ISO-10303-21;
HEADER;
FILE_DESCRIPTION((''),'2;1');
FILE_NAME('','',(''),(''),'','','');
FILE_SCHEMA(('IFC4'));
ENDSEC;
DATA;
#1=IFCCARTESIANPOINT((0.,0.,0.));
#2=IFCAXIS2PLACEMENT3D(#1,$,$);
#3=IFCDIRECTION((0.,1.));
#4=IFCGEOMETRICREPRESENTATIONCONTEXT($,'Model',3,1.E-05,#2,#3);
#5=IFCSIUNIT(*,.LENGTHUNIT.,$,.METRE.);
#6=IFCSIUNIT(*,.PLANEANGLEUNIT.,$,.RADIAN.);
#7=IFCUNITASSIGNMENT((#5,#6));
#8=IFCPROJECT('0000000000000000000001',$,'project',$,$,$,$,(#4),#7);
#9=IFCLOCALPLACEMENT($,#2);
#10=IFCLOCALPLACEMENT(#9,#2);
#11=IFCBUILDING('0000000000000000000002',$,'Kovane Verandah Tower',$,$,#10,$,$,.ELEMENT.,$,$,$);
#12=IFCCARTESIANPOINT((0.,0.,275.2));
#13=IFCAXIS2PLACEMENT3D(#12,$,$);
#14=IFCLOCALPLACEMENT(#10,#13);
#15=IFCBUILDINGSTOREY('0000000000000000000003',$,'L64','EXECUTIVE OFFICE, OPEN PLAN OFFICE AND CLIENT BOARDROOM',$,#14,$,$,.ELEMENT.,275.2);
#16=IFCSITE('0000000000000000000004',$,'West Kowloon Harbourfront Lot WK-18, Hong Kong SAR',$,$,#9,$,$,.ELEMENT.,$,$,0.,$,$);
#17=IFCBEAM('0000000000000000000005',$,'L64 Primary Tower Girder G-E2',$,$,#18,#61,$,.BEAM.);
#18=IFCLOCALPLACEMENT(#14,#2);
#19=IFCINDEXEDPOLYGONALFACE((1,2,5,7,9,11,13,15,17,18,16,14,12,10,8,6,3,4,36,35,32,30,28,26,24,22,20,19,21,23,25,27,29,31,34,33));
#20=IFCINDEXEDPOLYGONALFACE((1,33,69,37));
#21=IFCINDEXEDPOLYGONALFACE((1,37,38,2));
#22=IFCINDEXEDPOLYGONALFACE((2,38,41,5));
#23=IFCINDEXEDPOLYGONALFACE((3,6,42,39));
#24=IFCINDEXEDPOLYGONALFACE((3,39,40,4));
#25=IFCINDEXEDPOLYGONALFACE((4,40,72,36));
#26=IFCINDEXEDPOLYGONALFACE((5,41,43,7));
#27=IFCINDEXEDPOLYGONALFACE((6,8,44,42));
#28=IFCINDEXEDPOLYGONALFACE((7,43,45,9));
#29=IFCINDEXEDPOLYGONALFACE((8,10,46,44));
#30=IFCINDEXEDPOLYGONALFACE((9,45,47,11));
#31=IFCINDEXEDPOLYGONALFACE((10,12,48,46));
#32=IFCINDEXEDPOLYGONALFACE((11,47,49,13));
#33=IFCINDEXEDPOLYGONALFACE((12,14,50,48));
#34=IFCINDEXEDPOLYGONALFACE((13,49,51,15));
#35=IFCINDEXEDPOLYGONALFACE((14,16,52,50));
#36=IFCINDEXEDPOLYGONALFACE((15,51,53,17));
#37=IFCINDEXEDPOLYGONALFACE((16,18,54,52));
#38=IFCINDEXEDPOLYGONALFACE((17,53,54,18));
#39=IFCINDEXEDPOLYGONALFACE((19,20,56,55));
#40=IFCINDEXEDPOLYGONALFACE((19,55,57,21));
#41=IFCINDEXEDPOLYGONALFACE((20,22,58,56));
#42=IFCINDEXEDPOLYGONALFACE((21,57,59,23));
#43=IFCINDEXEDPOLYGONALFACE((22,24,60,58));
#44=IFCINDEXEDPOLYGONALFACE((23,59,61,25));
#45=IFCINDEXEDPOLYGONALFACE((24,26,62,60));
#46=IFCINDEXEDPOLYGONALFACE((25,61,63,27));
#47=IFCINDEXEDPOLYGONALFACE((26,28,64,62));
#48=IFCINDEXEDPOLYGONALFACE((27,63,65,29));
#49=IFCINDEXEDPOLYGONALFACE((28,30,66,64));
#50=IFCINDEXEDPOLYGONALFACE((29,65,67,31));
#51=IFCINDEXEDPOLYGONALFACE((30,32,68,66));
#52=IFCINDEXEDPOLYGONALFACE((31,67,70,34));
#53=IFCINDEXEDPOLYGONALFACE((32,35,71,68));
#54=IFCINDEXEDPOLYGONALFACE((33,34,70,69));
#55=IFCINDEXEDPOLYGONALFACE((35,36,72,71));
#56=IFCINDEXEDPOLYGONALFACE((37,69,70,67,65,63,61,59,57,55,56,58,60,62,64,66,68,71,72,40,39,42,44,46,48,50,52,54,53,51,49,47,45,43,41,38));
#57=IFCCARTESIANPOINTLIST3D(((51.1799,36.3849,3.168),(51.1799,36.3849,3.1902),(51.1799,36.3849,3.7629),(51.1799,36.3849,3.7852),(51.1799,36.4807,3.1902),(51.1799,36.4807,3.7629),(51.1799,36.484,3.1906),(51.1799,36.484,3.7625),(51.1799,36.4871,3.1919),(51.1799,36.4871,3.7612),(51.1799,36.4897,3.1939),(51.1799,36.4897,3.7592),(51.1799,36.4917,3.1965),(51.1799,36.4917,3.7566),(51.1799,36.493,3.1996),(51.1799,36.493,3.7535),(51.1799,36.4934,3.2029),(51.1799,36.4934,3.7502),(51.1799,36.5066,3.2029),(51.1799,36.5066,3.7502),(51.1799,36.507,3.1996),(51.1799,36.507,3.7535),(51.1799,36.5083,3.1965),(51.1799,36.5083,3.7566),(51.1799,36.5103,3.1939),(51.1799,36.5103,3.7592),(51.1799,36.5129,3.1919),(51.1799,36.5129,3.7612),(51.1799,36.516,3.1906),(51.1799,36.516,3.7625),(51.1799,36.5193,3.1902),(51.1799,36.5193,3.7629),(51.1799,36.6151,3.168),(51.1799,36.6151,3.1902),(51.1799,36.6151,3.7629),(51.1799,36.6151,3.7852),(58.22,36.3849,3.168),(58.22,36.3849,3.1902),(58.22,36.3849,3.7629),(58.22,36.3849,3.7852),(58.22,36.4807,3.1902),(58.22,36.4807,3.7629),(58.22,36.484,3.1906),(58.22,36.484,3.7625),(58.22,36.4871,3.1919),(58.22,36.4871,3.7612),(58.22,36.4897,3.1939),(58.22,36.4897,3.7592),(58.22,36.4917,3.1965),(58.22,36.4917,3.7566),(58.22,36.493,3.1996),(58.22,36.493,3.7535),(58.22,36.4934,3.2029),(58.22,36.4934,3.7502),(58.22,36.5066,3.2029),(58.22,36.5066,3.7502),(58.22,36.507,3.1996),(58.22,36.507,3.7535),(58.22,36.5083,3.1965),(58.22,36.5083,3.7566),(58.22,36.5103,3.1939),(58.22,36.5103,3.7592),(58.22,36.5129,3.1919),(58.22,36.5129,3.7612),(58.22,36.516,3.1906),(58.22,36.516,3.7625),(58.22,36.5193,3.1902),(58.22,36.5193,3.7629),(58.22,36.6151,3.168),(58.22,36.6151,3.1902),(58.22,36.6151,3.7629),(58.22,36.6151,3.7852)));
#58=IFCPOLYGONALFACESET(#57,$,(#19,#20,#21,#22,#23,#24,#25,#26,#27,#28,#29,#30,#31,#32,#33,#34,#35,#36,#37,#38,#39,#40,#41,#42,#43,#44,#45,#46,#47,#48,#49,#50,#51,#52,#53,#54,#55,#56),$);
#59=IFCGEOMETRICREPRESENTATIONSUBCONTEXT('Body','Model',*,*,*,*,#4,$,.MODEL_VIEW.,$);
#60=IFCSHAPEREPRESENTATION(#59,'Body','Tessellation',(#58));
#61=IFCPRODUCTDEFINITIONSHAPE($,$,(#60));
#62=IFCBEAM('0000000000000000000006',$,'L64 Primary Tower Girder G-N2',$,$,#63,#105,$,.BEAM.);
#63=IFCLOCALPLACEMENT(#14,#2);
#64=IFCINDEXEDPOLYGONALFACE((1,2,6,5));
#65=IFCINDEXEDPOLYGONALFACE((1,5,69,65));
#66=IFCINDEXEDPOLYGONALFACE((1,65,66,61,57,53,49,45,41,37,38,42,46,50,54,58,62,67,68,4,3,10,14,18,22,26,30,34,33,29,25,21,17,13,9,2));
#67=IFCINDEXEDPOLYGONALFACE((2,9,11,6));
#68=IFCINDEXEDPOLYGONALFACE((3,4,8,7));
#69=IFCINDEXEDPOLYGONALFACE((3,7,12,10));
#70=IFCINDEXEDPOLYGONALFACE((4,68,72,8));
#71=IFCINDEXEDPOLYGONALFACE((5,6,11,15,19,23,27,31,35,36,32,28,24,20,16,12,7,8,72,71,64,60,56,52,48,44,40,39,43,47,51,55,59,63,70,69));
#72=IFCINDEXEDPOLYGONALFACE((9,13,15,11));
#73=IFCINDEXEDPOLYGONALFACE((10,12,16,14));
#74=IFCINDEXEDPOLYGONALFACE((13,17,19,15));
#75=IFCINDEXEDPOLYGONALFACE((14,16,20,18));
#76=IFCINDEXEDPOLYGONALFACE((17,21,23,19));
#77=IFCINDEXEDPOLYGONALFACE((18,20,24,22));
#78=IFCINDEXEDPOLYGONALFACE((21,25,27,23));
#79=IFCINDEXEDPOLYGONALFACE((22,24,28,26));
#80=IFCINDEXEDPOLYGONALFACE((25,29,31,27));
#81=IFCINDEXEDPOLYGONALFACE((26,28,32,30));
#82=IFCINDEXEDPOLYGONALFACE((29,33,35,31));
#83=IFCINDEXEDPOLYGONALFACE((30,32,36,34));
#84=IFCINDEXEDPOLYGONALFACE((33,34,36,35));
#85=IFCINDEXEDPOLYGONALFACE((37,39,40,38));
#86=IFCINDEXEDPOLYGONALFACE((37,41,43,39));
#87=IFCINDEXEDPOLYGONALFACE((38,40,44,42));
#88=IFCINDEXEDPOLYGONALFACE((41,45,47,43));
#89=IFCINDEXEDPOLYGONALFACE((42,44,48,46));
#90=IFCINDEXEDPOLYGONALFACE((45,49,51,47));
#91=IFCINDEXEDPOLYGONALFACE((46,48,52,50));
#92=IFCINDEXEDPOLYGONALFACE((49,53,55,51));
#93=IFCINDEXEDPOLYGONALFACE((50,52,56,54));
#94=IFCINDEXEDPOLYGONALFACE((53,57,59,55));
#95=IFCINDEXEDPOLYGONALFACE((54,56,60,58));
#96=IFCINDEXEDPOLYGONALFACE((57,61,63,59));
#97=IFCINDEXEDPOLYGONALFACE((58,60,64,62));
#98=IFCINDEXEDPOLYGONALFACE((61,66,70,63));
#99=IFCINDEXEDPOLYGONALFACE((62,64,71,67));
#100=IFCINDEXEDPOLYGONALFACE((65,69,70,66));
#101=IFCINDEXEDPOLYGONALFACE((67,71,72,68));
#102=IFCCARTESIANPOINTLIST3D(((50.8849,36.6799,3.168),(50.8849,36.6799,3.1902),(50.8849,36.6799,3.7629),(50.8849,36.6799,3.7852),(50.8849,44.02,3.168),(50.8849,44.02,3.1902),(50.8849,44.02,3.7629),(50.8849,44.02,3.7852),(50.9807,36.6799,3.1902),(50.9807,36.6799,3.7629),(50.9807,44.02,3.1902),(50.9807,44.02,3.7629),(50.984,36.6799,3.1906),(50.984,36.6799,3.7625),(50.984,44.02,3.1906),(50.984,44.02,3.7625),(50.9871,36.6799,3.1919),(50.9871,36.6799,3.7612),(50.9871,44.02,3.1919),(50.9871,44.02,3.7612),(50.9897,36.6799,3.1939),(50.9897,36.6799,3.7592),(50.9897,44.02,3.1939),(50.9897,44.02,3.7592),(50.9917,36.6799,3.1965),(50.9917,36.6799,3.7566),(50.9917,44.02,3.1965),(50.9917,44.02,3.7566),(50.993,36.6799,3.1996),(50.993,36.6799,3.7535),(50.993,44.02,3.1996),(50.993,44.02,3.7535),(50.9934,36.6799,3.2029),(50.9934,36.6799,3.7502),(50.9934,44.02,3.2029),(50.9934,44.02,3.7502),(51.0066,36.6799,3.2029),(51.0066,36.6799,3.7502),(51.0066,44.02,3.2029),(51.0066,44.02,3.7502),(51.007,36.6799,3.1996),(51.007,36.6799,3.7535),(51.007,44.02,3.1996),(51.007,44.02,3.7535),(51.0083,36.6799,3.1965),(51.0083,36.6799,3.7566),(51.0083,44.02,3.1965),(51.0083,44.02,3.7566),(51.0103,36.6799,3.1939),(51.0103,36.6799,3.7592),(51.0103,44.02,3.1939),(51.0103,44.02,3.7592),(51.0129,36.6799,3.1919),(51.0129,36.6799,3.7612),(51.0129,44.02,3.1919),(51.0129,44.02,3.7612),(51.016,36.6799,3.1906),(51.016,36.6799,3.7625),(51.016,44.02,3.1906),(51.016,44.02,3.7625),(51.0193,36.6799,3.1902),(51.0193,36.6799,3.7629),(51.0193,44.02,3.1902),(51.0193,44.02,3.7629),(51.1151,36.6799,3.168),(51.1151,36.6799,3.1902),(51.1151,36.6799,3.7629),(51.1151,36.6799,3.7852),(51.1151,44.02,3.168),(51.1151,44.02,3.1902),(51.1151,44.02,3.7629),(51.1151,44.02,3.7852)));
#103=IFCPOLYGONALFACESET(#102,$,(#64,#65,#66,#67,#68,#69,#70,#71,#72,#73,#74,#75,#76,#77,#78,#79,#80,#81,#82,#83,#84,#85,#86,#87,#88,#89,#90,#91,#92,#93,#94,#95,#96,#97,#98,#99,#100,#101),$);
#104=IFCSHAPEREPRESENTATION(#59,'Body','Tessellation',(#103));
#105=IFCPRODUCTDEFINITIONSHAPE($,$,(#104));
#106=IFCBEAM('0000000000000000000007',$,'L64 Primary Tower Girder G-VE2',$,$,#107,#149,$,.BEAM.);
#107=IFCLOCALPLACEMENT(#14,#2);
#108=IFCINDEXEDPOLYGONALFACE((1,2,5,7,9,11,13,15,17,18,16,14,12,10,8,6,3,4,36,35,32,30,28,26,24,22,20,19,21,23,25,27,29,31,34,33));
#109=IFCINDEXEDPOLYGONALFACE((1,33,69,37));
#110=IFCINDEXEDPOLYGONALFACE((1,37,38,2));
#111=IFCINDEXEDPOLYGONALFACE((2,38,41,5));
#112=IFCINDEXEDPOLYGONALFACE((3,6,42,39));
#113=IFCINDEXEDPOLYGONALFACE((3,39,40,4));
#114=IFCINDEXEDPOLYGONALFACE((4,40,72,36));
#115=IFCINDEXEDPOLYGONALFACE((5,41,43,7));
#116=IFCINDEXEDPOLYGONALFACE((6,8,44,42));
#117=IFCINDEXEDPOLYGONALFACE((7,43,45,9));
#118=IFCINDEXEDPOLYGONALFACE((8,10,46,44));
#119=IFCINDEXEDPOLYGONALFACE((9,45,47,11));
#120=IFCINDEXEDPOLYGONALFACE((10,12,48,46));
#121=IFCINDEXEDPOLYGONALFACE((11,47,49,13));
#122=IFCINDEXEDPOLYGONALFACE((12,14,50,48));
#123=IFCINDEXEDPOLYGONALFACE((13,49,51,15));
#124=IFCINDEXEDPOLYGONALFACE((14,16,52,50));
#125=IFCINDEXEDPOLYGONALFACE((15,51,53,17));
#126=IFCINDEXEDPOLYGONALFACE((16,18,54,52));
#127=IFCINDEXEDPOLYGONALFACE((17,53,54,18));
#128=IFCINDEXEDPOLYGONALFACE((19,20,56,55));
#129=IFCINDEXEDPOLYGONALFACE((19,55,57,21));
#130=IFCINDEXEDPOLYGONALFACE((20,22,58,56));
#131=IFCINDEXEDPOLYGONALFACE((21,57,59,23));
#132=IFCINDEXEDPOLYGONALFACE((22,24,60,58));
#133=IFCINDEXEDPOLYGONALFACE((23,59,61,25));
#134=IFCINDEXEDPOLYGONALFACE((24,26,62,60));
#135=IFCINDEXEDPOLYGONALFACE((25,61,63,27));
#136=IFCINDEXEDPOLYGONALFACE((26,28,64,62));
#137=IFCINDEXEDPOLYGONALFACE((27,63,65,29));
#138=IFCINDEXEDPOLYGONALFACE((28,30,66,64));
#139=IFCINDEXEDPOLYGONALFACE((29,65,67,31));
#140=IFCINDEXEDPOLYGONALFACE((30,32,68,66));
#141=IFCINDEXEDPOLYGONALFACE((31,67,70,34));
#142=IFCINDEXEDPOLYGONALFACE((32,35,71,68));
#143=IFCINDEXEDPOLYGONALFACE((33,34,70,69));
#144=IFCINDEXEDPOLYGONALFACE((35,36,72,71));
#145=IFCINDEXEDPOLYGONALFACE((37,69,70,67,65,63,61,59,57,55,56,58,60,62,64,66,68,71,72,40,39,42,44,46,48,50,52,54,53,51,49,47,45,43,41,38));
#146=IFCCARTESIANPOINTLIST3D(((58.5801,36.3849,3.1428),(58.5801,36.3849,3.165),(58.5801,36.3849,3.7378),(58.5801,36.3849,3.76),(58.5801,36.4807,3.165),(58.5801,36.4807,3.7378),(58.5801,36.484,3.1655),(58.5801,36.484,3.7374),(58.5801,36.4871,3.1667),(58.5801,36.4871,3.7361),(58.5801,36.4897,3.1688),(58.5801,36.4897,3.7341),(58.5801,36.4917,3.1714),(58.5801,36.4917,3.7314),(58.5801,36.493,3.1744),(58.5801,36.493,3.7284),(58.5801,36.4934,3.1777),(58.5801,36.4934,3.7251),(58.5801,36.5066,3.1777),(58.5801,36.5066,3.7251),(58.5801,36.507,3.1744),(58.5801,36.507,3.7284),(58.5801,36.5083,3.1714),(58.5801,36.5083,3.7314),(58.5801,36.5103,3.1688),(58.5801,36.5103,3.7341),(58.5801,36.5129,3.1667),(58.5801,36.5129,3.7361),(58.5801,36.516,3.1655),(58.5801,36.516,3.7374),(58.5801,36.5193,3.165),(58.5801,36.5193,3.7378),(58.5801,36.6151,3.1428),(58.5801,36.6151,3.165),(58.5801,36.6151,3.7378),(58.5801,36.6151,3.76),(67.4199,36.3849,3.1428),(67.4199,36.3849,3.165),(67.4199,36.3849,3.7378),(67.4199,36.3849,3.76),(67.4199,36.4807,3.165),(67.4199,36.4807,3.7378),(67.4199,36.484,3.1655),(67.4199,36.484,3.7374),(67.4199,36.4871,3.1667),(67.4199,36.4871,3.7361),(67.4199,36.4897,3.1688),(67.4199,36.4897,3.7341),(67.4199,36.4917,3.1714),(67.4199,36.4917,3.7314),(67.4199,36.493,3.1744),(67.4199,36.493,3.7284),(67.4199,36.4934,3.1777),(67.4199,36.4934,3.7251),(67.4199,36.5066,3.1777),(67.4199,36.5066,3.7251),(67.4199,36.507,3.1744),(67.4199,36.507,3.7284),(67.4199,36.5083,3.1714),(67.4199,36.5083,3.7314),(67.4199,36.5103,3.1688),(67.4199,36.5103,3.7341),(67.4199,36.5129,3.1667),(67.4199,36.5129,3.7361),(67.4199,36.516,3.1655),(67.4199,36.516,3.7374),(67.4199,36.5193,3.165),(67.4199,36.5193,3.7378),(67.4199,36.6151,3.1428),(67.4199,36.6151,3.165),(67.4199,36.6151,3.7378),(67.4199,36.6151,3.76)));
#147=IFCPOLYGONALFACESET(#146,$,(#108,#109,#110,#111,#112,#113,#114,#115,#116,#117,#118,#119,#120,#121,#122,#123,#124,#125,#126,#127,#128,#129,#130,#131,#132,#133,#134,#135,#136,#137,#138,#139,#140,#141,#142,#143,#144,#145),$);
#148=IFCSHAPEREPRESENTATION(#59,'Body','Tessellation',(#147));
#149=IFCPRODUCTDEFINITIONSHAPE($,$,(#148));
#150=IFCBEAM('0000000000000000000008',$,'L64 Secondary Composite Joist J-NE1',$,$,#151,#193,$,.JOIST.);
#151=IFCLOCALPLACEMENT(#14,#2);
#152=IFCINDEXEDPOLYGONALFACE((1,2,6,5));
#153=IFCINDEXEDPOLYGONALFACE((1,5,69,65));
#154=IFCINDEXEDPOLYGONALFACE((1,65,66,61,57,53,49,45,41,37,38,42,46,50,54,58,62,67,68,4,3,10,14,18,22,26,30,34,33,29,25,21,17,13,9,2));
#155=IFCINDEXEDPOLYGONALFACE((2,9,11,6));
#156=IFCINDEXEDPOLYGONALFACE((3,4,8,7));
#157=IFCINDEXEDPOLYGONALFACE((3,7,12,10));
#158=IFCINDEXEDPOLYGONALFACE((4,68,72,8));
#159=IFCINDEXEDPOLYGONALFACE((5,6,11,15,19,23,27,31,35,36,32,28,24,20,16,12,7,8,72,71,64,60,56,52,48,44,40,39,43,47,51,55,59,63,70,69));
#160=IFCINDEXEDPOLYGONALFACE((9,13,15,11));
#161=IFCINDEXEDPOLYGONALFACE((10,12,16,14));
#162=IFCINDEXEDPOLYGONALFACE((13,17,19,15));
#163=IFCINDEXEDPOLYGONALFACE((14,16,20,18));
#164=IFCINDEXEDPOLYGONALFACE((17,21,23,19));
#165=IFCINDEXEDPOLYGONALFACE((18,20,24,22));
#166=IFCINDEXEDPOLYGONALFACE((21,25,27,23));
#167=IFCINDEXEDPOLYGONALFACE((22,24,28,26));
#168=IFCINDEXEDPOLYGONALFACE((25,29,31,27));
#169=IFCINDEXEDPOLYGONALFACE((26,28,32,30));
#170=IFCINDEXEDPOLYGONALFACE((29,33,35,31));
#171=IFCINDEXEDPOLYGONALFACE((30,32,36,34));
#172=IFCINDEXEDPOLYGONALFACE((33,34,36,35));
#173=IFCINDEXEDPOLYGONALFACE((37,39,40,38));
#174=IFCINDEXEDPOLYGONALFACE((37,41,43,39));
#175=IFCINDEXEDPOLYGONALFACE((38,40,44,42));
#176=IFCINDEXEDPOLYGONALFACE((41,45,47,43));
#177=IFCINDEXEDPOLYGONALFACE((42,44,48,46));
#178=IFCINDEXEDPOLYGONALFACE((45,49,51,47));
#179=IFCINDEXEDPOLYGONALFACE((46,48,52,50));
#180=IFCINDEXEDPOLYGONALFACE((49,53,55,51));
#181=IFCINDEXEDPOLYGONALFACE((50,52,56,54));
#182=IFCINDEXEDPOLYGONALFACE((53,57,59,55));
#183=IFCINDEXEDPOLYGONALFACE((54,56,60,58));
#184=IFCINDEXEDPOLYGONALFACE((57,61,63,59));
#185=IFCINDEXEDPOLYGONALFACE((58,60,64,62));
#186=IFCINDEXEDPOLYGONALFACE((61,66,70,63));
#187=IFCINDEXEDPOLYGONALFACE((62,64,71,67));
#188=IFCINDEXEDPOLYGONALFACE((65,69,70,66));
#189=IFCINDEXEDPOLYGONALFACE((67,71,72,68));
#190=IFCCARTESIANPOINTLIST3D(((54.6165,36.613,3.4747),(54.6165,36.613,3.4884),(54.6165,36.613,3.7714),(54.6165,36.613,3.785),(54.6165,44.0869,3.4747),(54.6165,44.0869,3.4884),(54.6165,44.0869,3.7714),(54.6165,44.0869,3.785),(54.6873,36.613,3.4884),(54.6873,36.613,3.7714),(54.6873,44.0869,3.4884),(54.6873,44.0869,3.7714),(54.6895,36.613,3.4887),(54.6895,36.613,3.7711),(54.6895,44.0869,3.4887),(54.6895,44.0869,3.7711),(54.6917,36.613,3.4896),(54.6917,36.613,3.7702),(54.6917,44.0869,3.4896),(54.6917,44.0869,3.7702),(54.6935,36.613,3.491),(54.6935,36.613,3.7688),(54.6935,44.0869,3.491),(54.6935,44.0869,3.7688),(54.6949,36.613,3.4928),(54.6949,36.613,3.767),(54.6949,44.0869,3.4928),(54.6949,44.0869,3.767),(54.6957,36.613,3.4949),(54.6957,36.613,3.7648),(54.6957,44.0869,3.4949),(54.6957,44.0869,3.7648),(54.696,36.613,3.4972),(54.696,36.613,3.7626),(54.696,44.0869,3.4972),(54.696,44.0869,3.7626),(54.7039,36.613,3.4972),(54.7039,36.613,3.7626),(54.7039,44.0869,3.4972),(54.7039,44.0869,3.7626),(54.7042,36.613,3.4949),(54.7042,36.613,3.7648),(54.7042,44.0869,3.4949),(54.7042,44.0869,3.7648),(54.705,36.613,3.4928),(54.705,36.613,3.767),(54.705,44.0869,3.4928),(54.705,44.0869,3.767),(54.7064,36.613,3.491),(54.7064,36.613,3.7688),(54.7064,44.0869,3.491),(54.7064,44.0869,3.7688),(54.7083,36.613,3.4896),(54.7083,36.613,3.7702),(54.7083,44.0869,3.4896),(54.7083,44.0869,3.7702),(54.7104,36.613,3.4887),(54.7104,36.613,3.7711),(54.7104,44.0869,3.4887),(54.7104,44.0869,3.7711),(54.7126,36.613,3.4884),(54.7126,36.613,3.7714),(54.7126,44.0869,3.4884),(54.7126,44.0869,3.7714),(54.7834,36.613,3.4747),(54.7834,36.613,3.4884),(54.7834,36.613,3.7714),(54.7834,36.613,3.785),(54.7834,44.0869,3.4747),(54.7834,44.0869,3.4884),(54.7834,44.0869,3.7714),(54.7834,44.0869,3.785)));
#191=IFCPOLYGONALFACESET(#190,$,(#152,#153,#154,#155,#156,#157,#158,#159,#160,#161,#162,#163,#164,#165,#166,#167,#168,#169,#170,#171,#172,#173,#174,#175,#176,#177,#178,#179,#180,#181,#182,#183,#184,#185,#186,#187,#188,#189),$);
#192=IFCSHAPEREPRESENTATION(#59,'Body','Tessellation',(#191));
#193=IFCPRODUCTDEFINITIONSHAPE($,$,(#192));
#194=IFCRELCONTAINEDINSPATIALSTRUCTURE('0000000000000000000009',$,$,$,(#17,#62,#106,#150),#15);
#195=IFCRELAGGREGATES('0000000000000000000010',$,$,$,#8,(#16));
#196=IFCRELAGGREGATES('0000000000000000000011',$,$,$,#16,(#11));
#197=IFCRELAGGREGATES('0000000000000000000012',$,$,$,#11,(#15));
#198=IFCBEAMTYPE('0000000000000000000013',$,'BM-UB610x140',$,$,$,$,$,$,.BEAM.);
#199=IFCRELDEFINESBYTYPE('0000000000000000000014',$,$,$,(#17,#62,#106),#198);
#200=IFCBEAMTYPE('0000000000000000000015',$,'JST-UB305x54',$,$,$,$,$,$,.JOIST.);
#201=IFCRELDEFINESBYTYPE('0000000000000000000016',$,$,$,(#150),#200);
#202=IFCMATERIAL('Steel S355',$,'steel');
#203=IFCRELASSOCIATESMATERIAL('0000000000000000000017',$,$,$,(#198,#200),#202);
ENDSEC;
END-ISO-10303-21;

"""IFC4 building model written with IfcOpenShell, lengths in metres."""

from ifc_helpers import new_model, si_unit, direction, frame, origin, origin_2d, place, context, subcontext, project, spatial, i_section, extrude, material, material_profile, profile_set, type_object, element, save


model = new_model("IFC4")

# Units and contexts
model_context = context("Model", 3, precision=1e-05, world=origin(), true_north=direction((0.0, 1.0)))
body_context = subcontext(model_context, "Body", "Model", "MODEL_VIEW")
ifc_project = project(units=[si_unit("LENGTHUNIT", "METRE"), si_unit("PLANEANGLEUNIT", "RADIAN")], contexts=[model_context])

# Site, building, storey
site_placement = place(None, origin())
site = spatial("IfcSite", under=ifc_project, at=site_placement, Name="West Kowloon Harbourfront Lot WK-18, Hong Kong SAR", CompositionType="ELEMENT", RefElevation=0.0)
building_placement = place(site_placement, origin())
building = spatial("IfcBuilding", under=site, at=building_placement, Name="Kovane Verandah Tower", CompositionType="ELEMENT")
storey_placement = place(building_placement, frame((0.0, 0.0, 275.2)))
storey = spatial("IfcBuildingStorey", under=building, at=storey_placement, Name="L64", Description="EXECUTIVE OFFICE, OPEN PLAN OFFICE AND CLIENT BOARDROOM", CompositionType="ELEMENT", Elevation=275.2)

# Beams
ifc_material_1 = material(Name="Steel S355", Category="steel")
ifc_material_profile_1 = material_profile(ifc_material_1, i_section(OverallWidth=0.2302, OverallDepth=0.6172, WebThickness=0.0132, FlangeThickness=0.0222, FilletRadius=0.0127, at=origin_2d()), Name="UB610x229x140")
ifc_profile_set_1 = profile_set([ifc_material_profile_1], Name="Steel S355")
beam_type_1 = type_object("IfcBeamType", Name="BM-UB610x140", PredefinedType="BEAM", material=ifc_profile_set_1)
beam_1_placement = place(storey_placement, frame((51.1799, 36.5, 3.4766), z_axis=(1.0, 0.0, 0.0), x_axis=(0.0, 1.0, 0.0)))
element("IfcBeam", 1, at=beam_1_placement, inside=storey, type_object=beam_type_1, Name="L64 Primary Tower Girder G-E2", PredefinedType="BEAM", context=body_context, shape_type="SweptSolid", body=[
    extrude(i_section(OverallWidth=0.2302, OverallDepth=0.6172, WebThickness=0.0132, FlangeThickness=0.0222, FilletRadius=0.0127, at=origin_2d()), origin(), (0.0, 0.0, 1.0), 7.04),
])
beam_2_placement = place(storey_placement, frame((51.0, 36.6799, 3.4766), z_axis=(0.0, 1.0, 0.0), x_axis=(-1.0, 0.0, 0.0)))
element("IfcBeam", 2, at=beam_2_placement, inside=storey, type_object=beam_type_1, Name="L64 Primary Tower Girder G-N2", PredefinedType="BEAM", context=body_context, shape_type="SweptSolid", body=[
    extrude(i_section(OverallWidth=0.2302, OverallDepth=0.6172, WebThickness=0.0132, FlangeThickness=0.0222, FilletRadius=0.0127, at=origin_2d()), origin(), (0.0, 0.0, 1.0), 7.3401),
])
beam_3_placement = place(storey_placement, frame((58.5801, 36.5, 3.4514), z_axis=(1.0, 0.0, 0.0), x_axis=(0.0, 1.0, 0.0)))
element("IfcBeam", 3, at=beam_3_placement, inside=storey, type_object=beam_type_1, Name="L64 Primary Tower Girder G-VE2", PredefinedType="BEAM", context=body_context, shape_type="SweptSolid", body=[
    extrude(i_section(OverallWidth=0.2302, OverallDepth=0.6172, WebThickness=0.0132, FlangeThickness=0.0222, FilletRadius=0.0127, at=origin_2d()), origin(), (0.0, 0.0, 1.0), 8.8398),
])
ifc_material_profile_2 = material_profile(ifc_material_1, i_section(OverallWidth=0.167, OverallDepth=0.3103, WebThickness=0.0078, FlangeThickness=0.0137, FilletRadius=0.0088, at=origin_2d()), Name="UB305x165x54")
ifc_profile_set_2 = profile_set([ifc_material_profile_2], Name="Steel S355")
beam_type_2 = type_object("IfcBeamType", Name="JST-UB305x54", PredefinedType="JOIST", material=ifc_profile_set_2)
beam_4_placement = place(storey_placement, frame((54.7, 36.613, 3.6299), z_axis=(0.0, 1.0, 0.0), x_axis=(-1.0, 0.0, 0.0)))
element("IfcBeam", 4, at=beam_4_placement, inside=storey, type_object=beam_type_2, Name="L64 Secondary Composite Joist J-NE1", PredefinedType="JOIST", context=body_context, shape_type="SweptSolid", body=[
    extrude(i_section(OverallWidth=0.167, OverallDepth=0.3103, WebThickness=0.0078, FlangeThickness=0.0137, FilletRadius=0.0088, at=origin_2d()), origin(), (0.0, 0.0, 1.0), 7.4739),
])

save(model, "model.ifc")
